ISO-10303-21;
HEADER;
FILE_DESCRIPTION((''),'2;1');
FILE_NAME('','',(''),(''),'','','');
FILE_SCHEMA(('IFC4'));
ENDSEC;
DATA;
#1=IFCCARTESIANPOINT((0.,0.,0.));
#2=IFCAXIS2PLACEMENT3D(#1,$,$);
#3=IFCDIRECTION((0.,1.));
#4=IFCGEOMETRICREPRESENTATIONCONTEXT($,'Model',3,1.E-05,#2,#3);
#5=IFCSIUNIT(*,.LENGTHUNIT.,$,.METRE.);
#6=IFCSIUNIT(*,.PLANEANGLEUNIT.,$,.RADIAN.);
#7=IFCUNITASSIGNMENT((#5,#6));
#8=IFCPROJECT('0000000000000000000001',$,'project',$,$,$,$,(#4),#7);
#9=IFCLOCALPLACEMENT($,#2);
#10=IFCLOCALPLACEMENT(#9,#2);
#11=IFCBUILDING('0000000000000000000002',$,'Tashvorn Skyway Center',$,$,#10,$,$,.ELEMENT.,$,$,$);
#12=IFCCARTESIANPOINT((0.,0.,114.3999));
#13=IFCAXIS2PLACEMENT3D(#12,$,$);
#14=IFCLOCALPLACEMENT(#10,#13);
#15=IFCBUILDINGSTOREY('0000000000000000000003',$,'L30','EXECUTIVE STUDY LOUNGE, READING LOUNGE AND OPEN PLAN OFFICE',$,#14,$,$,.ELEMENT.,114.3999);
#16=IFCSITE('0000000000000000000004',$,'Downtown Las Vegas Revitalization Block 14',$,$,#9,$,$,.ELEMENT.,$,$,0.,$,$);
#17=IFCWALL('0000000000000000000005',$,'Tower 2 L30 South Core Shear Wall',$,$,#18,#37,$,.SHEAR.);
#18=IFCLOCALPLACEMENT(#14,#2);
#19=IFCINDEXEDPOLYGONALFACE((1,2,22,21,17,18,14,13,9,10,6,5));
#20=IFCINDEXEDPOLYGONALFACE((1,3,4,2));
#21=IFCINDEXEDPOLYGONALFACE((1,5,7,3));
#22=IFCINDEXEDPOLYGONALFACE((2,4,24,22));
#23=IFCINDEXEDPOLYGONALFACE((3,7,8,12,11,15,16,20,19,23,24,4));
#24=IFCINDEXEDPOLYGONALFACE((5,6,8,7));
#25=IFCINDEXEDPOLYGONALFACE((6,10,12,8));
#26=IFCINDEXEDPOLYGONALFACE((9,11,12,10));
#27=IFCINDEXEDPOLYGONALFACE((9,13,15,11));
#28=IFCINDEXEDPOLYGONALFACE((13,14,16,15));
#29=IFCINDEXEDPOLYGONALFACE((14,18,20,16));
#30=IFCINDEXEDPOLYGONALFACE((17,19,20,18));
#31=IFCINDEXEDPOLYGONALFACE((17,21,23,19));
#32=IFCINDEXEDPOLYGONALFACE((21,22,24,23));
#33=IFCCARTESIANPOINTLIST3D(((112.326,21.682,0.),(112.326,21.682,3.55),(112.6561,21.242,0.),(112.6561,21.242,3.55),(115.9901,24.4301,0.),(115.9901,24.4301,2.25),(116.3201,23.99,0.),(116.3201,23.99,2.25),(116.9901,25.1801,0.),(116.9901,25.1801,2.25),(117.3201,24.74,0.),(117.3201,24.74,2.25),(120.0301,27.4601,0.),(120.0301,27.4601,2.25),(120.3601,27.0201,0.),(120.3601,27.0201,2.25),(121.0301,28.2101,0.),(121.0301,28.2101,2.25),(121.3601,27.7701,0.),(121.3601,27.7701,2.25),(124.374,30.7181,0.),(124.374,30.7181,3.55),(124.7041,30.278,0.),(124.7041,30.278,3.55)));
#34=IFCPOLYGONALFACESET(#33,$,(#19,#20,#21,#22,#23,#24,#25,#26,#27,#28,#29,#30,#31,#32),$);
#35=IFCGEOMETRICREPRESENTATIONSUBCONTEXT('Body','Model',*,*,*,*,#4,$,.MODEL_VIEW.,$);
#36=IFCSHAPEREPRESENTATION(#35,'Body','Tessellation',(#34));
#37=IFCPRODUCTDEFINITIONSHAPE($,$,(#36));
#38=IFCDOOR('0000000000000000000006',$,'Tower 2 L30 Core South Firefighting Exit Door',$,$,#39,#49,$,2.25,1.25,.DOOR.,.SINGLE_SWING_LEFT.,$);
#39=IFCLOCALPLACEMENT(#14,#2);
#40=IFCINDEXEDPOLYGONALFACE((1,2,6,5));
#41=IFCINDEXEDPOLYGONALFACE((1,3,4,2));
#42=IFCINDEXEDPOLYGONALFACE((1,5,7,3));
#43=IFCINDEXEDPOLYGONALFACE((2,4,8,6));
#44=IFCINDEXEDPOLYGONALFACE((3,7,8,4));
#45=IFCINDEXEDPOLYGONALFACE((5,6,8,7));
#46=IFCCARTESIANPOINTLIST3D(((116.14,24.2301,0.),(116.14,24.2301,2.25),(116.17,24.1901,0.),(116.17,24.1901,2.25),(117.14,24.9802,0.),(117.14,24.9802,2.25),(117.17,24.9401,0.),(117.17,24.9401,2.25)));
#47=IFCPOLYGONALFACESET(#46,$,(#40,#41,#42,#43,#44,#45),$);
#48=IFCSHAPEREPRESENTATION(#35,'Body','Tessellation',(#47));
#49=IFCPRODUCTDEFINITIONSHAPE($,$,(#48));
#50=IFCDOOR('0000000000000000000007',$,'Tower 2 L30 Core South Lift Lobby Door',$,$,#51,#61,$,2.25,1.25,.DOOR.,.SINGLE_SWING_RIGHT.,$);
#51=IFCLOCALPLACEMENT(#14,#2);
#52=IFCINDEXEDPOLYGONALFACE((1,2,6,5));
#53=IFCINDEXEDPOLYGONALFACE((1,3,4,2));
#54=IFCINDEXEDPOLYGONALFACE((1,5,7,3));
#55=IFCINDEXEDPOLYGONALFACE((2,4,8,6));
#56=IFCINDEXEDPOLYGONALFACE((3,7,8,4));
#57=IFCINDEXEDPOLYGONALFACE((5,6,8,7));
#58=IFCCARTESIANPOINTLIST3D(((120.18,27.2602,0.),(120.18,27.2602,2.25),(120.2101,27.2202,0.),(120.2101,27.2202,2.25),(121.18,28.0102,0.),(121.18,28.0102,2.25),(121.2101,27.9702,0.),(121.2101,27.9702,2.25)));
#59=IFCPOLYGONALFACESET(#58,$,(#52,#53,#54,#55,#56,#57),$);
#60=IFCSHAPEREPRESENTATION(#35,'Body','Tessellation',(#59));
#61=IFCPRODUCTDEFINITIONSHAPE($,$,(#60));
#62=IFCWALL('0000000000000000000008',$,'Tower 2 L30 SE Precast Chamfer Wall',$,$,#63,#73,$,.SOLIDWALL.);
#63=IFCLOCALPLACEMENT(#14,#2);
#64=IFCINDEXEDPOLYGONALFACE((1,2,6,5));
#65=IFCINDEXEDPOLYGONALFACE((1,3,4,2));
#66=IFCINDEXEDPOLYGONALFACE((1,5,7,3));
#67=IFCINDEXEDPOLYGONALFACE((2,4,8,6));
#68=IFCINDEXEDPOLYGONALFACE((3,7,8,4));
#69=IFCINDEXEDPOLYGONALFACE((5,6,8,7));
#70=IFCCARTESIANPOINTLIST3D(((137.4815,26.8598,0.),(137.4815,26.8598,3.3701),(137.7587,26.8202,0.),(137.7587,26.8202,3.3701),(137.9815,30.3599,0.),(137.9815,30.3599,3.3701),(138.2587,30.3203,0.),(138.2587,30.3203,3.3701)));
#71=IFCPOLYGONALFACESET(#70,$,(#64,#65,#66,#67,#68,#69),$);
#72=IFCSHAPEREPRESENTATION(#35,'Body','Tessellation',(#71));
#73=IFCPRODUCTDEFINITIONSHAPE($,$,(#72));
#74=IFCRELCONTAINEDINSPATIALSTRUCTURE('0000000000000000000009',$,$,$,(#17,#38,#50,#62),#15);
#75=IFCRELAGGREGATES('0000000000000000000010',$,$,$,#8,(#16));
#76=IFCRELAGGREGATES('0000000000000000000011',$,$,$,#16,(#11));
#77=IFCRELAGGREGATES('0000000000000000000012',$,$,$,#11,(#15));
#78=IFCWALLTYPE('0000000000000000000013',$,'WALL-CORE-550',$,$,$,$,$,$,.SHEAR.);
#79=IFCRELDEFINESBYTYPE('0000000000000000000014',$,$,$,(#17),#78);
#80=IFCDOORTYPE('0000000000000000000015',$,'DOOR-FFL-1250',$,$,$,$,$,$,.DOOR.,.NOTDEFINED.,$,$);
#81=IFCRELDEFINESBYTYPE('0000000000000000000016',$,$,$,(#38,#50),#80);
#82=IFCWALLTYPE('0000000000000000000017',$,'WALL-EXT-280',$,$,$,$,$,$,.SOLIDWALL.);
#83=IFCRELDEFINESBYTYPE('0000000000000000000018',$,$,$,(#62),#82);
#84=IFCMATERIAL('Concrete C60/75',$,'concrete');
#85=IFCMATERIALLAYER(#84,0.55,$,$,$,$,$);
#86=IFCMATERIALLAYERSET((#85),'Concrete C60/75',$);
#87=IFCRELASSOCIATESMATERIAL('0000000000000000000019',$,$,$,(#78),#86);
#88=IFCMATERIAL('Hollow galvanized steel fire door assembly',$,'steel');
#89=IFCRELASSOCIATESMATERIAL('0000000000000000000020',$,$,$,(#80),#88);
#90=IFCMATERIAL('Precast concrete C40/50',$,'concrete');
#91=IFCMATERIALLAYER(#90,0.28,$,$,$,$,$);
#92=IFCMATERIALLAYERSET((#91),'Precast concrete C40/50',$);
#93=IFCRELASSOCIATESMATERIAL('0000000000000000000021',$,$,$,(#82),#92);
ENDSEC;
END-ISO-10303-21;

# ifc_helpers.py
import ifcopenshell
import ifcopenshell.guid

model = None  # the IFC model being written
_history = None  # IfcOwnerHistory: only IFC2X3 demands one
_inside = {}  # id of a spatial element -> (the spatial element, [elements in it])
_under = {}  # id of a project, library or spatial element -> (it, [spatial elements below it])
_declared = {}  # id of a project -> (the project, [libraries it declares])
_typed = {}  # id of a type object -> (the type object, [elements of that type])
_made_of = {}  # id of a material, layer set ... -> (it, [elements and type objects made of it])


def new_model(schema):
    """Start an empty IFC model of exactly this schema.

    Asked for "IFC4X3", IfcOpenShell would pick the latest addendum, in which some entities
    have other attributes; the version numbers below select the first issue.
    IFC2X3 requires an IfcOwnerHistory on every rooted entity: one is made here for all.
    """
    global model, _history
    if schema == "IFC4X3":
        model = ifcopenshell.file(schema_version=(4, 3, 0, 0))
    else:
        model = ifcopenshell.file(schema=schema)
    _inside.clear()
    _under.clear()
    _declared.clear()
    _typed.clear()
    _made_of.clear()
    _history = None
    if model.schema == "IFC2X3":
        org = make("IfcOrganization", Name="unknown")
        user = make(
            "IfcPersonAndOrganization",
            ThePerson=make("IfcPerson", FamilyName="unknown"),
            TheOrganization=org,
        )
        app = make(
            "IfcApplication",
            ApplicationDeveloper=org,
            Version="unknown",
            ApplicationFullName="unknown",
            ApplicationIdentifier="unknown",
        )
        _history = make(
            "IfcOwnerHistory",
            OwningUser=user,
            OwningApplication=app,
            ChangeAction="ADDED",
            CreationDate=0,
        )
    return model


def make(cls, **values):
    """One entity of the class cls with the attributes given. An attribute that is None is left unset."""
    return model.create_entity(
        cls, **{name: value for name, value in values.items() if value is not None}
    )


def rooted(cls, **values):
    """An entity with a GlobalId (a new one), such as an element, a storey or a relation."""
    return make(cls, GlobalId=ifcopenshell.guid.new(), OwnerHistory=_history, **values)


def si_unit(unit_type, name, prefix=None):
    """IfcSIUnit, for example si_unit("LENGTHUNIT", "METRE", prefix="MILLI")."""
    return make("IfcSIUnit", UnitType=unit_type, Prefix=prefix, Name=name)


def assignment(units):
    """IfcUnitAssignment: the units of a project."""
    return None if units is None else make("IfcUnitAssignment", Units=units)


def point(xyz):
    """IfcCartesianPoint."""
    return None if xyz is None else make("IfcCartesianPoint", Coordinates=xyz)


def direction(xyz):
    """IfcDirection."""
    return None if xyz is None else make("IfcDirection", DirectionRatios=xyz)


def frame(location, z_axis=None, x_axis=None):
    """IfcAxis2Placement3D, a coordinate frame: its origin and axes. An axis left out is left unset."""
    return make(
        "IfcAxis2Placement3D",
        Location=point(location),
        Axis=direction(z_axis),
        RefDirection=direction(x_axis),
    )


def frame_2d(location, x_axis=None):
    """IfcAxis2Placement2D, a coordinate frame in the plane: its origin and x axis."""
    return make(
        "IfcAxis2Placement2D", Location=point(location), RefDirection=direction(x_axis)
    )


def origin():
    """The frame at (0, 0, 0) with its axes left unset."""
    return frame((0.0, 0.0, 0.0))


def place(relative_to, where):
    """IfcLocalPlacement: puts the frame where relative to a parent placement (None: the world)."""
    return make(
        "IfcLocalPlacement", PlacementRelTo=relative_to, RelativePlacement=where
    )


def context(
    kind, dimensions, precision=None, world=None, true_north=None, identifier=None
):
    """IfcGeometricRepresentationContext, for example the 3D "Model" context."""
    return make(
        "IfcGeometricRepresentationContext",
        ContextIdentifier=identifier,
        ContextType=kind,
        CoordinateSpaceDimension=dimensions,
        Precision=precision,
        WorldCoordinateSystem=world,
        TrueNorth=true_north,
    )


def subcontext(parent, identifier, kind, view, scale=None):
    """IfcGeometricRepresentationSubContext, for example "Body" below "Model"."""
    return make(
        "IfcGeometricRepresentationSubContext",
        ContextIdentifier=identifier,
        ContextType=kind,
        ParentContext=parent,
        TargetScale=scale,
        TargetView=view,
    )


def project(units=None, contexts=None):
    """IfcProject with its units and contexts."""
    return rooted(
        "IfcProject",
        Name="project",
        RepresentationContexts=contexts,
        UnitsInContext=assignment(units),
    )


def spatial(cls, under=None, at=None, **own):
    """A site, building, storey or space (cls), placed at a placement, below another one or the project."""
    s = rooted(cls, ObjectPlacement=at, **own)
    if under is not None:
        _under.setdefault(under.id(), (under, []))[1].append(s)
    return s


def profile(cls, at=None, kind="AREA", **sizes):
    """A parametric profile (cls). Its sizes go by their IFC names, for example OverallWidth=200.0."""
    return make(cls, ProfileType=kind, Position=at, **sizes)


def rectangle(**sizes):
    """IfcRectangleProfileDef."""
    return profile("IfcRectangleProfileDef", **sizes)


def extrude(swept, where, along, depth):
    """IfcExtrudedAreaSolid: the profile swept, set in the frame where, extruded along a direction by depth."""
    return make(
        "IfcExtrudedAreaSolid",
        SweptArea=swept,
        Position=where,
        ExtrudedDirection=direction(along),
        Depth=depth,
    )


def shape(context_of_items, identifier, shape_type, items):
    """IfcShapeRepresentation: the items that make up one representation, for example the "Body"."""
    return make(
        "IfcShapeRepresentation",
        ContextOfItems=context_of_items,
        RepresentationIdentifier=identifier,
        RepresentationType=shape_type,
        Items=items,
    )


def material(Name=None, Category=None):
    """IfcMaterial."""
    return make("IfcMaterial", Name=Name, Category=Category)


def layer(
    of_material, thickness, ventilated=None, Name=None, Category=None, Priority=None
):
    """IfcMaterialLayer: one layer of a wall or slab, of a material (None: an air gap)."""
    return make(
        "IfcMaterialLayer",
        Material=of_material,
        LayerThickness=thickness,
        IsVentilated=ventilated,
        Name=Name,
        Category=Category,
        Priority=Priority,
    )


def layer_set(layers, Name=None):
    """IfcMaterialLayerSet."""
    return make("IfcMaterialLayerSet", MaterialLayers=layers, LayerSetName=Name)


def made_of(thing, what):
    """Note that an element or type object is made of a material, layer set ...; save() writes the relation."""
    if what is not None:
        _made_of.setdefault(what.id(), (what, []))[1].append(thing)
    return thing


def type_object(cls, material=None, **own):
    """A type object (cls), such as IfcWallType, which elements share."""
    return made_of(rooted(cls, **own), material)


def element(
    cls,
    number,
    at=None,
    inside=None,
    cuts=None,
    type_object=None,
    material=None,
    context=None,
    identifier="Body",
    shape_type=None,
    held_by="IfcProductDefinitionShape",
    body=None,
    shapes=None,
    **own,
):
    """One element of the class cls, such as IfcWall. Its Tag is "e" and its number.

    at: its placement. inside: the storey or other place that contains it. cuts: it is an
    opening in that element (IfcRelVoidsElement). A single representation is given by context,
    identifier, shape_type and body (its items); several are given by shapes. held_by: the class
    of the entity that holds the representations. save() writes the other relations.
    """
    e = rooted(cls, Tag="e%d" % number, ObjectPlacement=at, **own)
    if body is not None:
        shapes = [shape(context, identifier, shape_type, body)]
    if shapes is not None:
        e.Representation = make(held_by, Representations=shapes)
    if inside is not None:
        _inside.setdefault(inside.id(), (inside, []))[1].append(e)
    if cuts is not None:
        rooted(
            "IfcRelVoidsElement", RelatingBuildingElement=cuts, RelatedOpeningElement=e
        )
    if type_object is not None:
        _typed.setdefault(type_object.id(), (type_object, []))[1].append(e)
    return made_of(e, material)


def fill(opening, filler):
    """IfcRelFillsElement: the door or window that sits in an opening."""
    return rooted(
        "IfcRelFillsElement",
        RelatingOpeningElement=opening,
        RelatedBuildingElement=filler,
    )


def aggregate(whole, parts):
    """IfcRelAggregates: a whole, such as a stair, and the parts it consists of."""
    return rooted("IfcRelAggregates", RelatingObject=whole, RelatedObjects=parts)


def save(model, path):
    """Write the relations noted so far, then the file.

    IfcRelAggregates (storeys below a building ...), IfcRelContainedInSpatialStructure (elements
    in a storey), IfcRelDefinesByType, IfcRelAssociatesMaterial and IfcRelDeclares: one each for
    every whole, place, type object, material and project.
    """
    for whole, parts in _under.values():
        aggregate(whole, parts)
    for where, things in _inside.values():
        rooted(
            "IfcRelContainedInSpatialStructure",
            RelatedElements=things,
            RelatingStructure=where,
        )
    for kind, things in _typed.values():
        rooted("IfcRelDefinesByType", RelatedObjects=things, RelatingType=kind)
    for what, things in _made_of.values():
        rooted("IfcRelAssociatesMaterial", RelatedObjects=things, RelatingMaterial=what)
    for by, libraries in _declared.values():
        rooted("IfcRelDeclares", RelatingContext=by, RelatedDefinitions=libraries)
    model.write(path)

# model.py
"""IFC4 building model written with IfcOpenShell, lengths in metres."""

from ifc_helpers import new_model, si_unit, direction, frame, frame_2d, origin, place, context, subcontext, project, spatial, rectangle, extrude, material, layer, layer_set, type_object, element, fill, save


model = new_model("IFC4")

# Units and contexts
model_context = context("Model", 3, precision=1e-05, world=origin(), true_north=direction((0.0, 1.0)))
body_context = subcontext(model_context, "Body", "Model", "MODEL_VIEW")
ifc_project = project(units=[si_unit("LENGTHUNIT", "METRE"), si_unit("PLANEANGLEUNIT", "RADIAN")], contexts=[model_context])

# Site, building, storey
site_placement = place(None, origin())
site = spatial("IfcSite", under=ifc_project, at=site_placement, Name="Downtown Las Vegas Revitalization Block 14", CompositionType="ELEMENT", RefElevation=0.0)
building_placement = place(site_placement, origin())
building = spatial("IfcBuilding", under=site, at=building_placement, Name="Tashvorn Skyway Center", CompositionType="ELEMENT")
storey_placement = place(building_placement, frame((0.0, 0.0, 114.3999)))
storey = spatial("IfcBuildingStorey", under=building, at=storey_placement, Name="L30", Description="EXECUTIVE STUDY LOUNGE, READING LOUNGE AND OPEN PLAN OFFICE", CompositionType="ELEMENT", Elevation=114.3999)

# Wall, openings, doors
ifc_material_1 = material(Name="Concrete C60/75", Category="concrete")
ifc_layer_1 = layer(ifc_material_1, 0.55)
ifc_layer_set_1 = layer_set([ifc_layer_1], Name="Concrete C60/75")
wall_type_1 = type_object("IfcWallType", Name="WALL-CORE-550", PredefinedType="SHEAR", material=ifc_layer_set_1)
wall_1_placement = place(storey_placement, frame((124.5391, 30.498, 0.0), z_axis=(0.0, 0.0, 1.0), x_axis=(-0.799998, -0.600003, 0.0)))
wall_1 = element("IfcWall", 1, at=wall_1_placement, inside=storey, type_object=wall_type_1, Name="Tower 2 L30 South Core Shear Wall", PredefinedType="SHEAR", context=body_context, shape_type="SweptSolid", body=[
    extrude(rectangle(XDim=15.0601, YDim=0.55, at=frame_2d((7.53, 0.0))), origin(), (0.0, 0.0, 1.0), 3.55),
])
opening_1_placement = place(wall_1_placement, frame((9.23, 0.0, 0.0)))
opening_1 = element("IfcOpeningElement", 2, at=opening_1_placement, cuts=wall_1, PredefinedType="OPENING", context=body_context, shape_type="SweptSolid", body=[
    extrude(rectangle(XDim=1.25, YDim=2.25, at=frame_2d((0.625, 1.125))), frame((0.0, 0.2849, 0.0), z_axis=(0.0, -1.0, 0.0), x_axis=(1.0, 0.0, 0.0)), (0.0, 0.0, 1.0), 0.5701),
])
opening_2_placement = place(wall_1_placement, frame((4.1799, 0.0, 0.0)))
opening_2 = element("IfcOpeningElement", 3, at=opening_2_placement, cuts=wall_1, PredefinedType="OPENING", context=body_context, shape_type="SweptSolid", body=[
    extrude(rectangle(XDim=1.25, YDim=2.25, at=frame_2d((0.625, 1.125))), frame((0.0, 0.2849, 0.0), z_axis=(0.0, -1.0, 0.0), x_axis=(1.0, 0.0, 0.0)), (0.0, 0.0, 1.0), 0.5701),
])
ifc_material_2 = material(Name="Hollow galvanized steel fire door assembly", Category="steel")
door_type_1 = type_object("IfcDoorType", Name="DOOR-FFL-1250", OperationType="NOTDEFINED", PredefinedType="DOOR", material=ifc_material_2)
door_1_placement = place(opening_1_placement, origin())
door_1 = element("IfcDoor", 4, at=door_1_placement, inside=storey, type_object=door_type_1, Name="Tower 2 L30 Core South Firefighting Exit Door", OperationType="SINGLE_SWING_LEFT", OverallHeight=2.25, OverallWidth=1.25, PredefinedType="DOOR", context=body_context, shape_type="SweptSolid", body=[
    extrude(rectangle(XDim=1.25, YDim=2.25, at=frame_2d((0.625, 1.125))), frame((0.0, 0.0249, 0.0), z_axis=(0.0, -1.0, 0.0), x_axis=(1.0, 0.0, 0.0)), (0.0, 0.0, 1.0), 0.05),
])
fill(opening_1, door_1)
door_2_placement = place(opening_2_placement, origin())
door_2 = element("IfcDoor", 5, at=door_2_placement, inside=storey, type_object=door_type_1, Name="Tower 2 L30 Core South Lift Lobby Door", OperationType="SINGLE_SWING_RIGHT", OverallHeight=2.25, OverallWidth=1.25, PredefinedType="DOOR", context=body_context, shape_type="SweptSolid", body=[
    extrude(rectangle(XDim=1.25, YDim=2.25, at=frame_2d((0.625, 1.125))), frame((0.0, 0.0249, 0.0), z_axis=(0.0, -1.0, 0.0), x_axis=(1.0, 0.0, 0.0)), (0.0, 0.0, 1.0), 0.05),
])
fill(opening_2, door_2)

# Wall
ifc_material_3 = material(Name="Precast concrete C40/50", Category="concrete")
ifc_layer_2 = layer(ifc_material_3, 0.28)
ifc_layer_set_2 = layer_set([ifc_layer_2], Name="Precast concrete C40/50")
wall_type_2 = type_object("IfcWallType", Name="WALL-EXT-280", PredefinedType="SOLIDWALL", material=ifc_layer_set_2)
wall_2_placement = place(storey_placement, frame((138.1201, 30.3401, 0.0), z_axis=(0.0, 0.0, 1.0), x_axis=(-0.141421, -0.989949, 0.0)))
element("IfcWall", 6, at=wall_2_placement, inside=storey, type_object=wall_type_2, Name="Tower 2 L30 SE Precast Chamfer Wall", PredefinedType="SOLIDWALL", context=body_context, shape_type="SweptSolid", body=[
    extrude(rectangle(XDim=3.5356, YDim=0.28, at=frame_2d((1.7678, 0.0))), origin(), (0.0, 0.0, 1.0), 3.3701),
])

save(model, "model.ifc")
